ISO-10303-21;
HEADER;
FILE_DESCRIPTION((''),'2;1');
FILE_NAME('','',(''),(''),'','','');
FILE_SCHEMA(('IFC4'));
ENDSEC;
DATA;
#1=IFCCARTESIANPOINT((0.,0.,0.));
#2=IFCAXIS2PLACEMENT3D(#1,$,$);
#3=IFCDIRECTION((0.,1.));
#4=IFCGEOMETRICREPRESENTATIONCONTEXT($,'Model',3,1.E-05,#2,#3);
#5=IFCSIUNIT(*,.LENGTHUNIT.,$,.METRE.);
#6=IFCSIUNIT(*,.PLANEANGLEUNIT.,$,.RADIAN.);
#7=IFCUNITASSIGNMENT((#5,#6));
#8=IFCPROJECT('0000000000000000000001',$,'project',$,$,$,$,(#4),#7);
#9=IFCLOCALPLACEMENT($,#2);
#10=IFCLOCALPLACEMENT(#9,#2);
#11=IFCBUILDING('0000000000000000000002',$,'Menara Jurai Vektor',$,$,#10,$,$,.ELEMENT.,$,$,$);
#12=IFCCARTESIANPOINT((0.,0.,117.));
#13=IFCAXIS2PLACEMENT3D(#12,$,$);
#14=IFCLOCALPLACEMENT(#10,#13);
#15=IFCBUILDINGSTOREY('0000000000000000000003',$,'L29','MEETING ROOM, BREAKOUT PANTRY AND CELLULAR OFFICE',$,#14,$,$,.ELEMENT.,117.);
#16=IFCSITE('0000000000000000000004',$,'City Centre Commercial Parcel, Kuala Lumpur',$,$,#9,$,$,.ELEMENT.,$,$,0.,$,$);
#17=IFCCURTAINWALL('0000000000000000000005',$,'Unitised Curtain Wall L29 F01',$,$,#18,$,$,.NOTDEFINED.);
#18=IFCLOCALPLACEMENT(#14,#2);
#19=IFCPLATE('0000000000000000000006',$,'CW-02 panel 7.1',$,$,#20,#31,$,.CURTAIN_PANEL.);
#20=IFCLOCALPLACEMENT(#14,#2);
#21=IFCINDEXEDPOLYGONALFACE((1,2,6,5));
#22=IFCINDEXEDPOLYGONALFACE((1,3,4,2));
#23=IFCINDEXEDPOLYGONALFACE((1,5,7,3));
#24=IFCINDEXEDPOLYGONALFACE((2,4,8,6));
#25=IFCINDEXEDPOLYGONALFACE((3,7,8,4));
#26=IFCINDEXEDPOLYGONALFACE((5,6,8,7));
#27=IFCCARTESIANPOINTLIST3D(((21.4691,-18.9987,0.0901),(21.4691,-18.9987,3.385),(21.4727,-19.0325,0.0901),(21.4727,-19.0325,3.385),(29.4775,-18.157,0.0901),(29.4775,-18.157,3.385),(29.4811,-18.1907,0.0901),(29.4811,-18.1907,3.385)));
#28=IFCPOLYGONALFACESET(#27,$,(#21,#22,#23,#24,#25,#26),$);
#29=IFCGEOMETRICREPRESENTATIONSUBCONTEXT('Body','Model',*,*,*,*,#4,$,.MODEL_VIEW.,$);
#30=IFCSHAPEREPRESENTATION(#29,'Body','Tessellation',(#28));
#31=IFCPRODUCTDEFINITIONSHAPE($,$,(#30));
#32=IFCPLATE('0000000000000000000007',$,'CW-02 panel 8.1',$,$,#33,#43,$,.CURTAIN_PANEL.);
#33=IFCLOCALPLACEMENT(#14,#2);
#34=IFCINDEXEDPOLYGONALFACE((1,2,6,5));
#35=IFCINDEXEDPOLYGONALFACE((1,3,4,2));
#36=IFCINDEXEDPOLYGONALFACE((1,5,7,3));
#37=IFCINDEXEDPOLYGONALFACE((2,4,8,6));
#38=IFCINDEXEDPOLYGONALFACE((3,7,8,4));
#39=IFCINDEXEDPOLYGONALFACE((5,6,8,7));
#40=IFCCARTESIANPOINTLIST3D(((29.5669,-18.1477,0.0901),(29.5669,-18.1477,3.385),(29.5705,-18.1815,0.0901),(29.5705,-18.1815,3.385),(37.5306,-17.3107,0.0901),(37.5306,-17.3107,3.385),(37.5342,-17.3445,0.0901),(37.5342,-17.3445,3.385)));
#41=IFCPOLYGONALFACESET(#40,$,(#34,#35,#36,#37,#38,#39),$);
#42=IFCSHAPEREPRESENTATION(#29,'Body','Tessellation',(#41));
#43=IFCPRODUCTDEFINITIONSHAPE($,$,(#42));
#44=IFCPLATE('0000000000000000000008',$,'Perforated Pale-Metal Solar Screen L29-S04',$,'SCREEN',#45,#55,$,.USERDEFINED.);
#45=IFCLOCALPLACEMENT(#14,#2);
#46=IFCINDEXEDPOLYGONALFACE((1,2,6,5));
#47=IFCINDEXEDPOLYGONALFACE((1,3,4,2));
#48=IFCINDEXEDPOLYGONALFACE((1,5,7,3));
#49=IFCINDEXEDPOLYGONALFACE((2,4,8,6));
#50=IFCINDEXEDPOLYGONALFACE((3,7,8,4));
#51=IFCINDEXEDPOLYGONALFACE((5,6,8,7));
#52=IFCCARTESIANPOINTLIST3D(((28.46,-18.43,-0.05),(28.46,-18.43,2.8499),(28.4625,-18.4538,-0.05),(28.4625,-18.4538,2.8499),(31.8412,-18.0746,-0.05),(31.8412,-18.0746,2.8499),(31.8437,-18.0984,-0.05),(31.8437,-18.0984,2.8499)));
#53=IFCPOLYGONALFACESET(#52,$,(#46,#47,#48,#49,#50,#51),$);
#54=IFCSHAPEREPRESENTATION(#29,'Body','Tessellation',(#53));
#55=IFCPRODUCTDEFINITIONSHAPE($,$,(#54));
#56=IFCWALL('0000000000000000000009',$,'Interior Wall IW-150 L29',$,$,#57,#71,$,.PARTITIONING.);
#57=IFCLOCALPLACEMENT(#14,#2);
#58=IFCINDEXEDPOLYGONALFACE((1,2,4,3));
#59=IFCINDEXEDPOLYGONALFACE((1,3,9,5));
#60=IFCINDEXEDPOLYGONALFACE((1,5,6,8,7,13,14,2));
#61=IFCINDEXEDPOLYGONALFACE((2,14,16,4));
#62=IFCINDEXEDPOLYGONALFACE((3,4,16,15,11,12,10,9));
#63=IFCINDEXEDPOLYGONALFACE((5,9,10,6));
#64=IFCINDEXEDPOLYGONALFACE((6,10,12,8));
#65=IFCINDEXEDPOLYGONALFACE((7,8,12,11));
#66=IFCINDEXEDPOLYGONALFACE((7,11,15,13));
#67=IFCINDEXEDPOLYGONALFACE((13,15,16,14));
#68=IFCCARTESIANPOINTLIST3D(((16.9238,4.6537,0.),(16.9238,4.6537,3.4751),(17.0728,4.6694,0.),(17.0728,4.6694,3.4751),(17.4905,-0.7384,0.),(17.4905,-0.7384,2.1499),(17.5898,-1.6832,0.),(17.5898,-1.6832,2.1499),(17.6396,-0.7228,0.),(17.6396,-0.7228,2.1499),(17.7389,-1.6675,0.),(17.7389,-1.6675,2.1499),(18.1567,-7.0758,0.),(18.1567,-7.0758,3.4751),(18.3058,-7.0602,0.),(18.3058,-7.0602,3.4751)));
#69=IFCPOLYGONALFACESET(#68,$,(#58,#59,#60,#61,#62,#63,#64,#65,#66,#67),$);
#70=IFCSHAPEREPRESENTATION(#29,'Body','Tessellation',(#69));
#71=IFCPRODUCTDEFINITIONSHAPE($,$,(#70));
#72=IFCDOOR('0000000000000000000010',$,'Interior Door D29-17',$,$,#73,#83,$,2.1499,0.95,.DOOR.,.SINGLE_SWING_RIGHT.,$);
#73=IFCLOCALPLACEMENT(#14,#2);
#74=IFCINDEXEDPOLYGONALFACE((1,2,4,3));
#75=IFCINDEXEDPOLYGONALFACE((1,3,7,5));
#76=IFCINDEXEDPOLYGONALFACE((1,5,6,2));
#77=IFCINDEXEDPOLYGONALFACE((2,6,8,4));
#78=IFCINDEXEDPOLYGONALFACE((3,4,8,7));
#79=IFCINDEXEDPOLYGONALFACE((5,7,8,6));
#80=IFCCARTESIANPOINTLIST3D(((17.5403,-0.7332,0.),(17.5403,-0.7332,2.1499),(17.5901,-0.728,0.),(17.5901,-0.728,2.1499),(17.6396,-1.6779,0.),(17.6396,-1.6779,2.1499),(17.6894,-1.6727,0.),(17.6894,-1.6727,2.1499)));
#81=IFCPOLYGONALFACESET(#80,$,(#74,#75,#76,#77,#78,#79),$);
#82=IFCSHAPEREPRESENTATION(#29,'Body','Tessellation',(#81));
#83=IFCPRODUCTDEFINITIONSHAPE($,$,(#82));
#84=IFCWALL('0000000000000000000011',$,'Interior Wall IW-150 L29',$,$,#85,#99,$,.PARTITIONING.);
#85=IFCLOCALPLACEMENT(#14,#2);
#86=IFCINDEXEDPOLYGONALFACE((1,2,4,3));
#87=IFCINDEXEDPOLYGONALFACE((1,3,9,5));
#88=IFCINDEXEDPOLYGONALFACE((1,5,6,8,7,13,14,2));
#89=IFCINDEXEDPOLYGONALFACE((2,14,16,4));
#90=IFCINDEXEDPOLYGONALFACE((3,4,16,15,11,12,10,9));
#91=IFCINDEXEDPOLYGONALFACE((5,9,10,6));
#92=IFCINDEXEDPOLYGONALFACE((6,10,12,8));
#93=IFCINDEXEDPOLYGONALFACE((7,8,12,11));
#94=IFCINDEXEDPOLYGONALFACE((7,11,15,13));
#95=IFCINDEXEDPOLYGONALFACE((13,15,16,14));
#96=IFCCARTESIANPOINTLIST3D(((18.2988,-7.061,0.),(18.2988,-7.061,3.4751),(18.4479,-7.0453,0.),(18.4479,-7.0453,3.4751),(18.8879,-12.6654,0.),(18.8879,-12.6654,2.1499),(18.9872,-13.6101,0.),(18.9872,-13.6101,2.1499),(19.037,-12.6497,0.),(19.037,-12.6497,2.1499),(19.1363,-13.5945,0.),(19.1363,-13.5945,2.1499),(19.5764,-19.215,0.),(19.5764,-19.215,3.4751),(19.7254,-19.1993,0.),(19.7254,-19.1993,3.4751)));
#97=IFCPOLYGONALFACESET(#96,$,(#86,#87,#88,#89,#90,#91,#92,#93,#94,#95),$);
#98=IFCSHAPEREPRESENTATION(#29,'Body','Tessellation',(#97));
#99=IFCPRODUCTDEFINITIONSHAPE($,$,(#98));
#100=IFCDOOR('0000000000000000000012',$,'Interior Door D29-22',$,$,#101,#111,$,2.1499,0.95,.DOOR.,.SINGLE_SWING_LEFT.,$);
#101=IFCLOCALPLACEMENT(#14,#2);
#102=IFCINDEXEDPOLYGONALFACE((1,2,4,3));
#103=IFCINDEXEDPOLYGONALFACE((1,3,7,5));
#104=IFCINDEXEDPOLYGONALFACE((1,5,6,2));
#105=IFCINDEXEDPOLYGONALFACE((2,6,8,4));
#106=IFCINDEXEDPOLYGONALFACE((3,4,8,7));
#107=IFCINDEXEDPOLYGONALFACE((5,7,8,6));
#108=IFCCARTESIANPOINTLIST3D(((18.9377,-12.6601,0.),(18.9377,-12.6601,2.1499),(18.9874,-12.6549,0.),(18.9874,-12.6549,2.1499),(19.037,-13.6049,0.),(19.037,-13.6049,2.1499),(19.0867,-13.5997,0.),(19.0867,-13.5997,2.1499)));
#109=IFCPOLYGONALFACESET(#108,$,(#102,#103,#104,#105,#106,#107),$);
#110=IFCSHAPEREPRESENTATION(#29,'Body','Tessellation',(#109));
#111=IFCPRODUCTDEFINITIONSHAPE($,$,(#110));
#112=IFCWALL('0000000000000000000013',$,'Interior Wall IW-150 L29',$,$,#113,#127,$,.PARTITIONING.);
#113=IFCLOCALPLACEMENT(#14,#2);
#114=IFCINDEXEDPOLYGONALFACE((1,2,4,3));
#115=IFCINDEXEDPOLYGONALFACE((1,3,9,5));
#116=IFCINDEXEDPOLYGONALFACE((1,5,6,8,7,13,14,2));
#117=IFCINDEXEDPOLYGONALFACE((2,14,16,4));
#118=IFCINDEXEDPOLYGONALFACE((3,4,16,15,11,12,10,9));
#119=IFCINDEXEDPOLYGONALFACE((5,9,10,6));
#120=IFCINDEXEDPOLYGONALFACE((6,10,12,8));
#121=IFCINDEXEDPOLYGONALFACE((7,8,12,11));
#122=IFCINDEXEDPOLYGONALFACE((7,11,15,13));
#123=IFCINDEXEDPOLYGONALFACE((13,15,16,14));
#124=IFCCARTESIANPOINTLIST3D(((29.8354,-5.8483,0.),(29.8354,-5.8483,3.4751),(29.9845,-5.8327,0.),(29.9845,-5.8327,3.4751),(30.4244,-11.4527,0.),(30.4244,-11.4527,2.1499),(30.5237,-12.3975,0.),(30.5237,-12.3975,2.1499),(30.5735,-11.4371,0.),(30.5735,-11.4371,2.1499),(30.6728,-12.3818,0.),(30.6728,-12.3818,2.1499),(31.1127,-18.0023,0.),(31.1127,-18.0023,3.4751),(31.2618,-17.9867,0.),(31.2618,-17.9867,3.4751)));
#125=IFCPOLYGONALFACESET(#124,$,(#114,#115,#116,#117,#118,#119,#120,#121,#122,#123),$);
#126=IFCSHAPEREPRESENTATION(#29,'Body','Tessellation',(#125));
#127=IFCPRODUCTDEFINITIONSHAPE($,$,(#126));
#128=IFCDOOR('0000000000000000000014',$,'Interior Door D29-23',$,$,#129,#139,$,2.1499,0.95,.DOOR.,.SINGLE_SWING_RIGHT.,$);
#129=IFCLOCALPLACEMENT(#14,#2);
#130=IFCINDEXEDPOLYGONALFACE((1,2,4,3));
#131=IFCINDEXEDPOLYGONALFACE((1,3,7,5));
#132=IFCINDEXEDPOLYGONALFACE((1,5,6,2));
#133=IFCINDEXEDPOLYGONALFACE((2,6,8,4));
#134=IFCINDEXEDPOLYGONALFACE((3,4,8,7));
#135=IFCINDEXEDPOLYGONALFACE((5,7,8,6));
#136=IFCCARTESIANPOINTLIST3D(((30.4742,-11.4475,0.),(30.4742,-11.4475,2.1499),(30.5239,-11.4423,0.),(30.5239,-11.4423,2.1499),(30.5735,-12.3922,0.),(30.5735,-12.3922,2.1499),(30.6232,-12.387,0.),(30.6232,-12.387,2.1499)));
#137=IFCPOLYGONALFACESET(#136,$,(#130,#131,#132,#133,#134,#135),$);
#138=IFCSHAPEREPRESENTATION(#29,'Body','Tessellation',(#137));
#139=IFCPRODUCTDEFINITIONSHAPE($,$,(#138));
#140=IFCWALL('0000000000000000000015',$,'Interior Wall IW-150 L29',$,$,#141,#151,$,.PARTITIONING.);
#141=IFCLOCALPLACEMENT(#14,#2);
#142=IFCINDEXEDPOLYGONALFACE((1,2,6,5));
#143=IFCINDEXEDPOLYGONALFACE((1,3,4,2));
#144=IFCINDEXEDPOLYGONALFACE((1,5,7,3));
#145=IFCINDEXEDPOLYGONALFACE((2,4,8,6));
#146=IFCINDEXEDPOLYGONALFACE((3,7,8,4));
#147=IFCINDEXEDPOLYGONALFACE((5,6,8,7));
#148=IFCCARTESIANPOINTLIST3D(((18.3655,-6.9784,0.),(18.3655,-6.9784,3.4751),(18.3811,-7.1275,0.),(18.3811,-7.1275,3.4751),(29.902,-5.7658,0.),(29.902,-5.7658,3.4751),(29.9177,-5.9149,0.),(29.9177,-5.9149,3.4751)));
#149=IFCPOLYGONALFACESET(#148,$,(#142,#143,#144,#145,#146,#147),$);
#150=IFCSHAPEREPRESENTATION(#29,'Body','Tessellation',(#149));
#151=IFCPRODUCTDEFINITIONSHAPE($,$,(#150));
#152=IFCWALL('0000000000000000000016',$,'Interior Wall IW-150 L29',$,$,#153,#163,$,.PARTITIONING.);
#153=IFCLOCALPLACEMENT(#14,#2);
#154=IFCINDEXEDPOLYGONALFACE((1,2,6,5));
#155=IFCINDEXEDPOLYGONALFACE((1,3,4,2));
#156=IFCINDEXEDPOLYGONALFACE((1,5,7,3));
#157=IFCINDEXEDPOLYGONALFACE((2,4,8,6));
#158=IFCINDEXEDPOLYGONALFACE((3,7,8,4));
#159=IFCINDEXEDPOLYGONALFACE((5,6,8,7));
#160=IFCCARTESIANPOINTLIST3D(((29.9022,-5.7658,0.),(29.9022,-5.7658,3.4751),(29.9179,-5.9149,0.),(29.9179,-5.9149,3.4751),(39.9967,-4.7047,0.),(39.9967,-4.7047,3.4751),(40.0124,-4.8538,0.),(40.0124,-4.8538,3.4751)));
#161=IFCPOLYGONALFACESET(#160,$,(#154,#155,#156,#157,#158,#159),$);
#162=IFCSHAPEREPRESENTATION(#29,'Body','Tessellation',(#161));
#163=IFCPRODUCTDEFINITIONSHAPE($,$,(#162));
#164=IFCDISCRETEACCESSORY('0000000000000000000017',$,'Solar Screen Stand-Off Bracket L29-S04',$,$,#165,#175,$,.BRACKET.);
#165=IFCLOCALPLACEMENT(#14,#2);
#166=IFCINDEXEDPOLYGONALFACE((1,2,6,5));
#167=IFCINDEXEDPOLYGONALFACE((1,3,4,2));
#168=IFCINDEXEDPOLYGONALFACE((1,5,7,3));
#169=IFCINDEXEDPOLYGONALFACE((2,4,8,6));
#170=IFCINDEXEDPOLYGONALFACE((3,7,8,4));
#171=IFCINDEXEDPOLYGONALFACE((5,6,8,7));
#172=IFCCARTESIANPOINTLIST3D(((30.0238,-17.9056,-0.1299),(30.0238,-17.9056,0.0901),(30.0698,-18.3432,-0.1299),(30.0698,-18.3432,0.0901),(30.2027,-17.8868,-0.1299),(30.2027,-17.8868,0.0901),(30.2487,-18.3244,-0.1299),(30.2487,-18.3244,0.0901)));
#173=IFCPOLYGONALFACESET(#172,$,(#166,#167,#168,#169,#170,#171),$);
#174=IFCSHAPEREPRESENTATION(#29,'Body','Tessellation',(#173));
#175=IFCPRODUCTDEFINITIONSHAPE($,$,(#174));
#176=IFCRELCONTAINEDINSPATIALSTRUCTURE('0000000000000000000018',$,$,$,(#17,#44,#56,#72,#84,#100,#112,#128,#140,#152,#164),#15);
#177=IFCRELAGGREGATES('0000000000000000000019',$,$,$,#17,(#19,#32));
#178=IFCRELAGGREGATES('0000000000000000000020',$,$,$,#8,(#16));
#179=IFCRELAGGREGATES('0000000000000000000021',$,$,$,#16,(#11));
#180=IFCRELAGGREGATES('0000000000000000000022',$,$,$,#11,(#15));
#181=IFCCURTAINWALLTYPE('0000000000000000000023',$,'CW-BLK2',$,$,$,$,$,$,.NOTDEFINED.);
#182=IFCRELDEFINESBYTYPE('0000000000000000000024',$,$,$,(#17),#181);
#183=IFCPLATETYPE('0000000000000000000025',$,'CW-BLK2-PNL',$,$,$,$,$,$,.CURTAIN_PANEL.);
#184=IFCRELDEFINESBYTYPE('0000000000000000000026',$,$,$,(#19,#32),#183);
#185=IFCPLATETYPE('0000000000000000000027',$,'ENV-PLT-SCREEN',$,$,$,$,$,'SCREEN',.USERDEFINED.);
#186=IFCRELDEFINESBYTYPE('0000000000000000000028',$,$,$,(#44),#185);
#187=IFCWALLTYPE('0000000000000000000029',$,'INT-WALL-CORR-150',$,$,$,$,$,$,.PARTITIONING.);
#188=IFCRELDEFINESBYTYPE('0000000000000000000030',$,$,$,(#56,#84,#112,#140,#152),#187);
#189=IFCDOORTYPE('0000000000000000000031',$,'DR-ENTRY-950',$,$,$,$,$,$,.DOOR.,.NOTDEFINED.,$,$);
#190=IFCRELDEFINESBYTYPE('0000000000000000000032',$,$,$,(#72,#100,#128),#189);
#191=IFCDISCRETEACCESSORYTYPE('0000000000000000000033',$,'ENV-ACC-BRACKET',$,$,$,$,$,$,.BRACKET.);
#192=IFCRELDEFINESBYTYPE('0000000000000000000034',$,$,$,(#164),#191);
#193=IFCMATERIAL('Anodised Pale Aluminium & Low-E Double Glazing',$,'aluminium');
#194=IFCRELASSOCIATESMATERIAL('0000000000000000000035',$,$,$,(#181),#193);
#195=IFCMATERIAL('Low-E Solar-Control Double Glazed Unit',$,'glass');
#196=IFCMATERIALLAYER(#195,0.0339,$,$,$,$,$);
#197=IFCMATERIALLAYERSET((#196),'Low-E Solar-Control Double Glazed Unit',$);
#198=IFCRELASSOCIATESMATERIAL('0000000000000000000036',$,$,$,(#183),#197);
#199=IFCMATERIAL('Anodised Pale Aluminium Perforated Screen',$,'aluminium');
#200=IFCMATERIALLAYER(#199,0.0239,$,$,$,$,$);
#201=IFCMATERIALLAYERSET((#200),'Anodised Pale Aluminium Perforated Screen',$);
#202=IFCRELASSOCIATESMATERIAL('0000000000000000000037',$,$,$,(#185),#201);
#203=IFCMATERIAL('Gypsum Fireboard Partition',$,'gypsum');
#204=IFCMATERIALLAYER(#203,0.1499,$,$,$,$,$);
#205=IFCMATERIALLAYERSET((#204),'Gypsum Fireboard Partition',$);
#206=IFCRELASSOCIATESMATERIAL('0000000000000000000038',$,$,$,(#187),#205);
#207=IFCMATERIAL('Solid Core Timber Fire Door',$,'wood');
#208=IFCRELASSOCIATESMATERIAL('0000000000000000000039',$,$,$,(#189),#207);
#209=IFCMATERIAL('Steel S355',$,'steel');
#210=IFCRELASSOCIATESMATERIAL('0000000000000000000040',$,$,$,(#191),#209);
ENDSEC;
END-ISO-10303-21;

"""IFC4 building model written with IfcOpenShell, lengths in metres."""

from ifc_helpers import new_model, si_unit, direction, frame, frame_2d, origin, origin_2d, place, context, subcontext, project, spatial, rectangle, extrude, material, layer, layer_set, type_object, element, fill, aggregate, save


model = new_model("IFC4")

# Units and contexts
model_context = context("Model", 3, precision=1e-05, world=origin(), true_north=direction((0.0, 1.0)))
body_context = subcontext(model_context, "Body", "Model", "MODEL_VIEW")
ifc_project = project(units=[si_unit("LENGTHUNIT", "METRE"), si_unit("PLANEANGLEUNIT", "RADIAN")], contexts=[model_context])

# Site, building, storey
site_placement = place(None, origin())
site = spatial("IfcSite", under=ifc_project, at=site_placement, Name="City Centre Commercial Parcel, Kuala Lumpur", CompositionType="ELEMENT", RefElevation=0.0)
building_placement = place(site_placement, origin())
building = spatial("IfcBuilding", under=site, at=building_placement, Name="Menara Jurai Vektor", CompositionType="ELEMENT")
storey_placement = place(building_placement, frame((0.0, 0.0, 117.0)))
storey = spatial("IfcBuildingStorey", under=building, at=storey_placement, Name="L29", Description="MEETING ROOM, BREAKOUT PANTRY AND CELLULAR OFFICE", CompositionType="ELEMENT", Elevation=117.0)

# Curtain wall
ifc_material_1 = material(Name="Anodised Pale Aluminium & Low-E Double Glazing", Category="aluminium")
curtain_wall_type = type_object("IfcCurtainWallType", Name="CW-BLK2", PredefinedType="NOTDEFINED", material=ifc_material_1)
curtain_wall_placement = place(storey_placement, origin())
curtain_wall = element("IfcCurtainWall", 1, at=curtain_wall_placement, inside=storey, type_object=curtain_wall_type, Name="Unitised Curtain Wall L29 F01", PredefinedType="NOTDEFINED")

# Shared definitions
ifc_material_2 = material(Name="Steel S355", Category="steel")

# Plates
ifc_material_3 = material(Name="Low-E Solar-Control Double Glazed Unit", Category="glass")
ifc_layer_1 = layer(ifc_material_3, 0.0339)
ifc_layer_set_1 = layer_set([ifc_layer_1], Name="Low-E Solar-Control Double Glazed Unit")
plate_type_1 = type_object("IfcPlateType", Name="CW-BLK2-PNL", PredefinedType="CURTAIN_PANEL", material=ifc_layer_set_1)
plate_1_placement = place(storey_placement, frame((25.4751, -18.5947, 0.0901), z_axis=(0.0, 0.0, 1.0), x_axis=(0.994522, 0.104529, 0.0)))
plate_1 = element("IfcPlate", 2, at=plate_1_placement, type_object=plate_type_1, Name="CW-02 panel 7.1", PredefinedType="CURTAIN_PANEL", context=body_context, shape_type="SweptSolid", body=[
    extrude(rectangle(XDim=8.0525, YDim=0.0339, at=origin_2d()), origin(), (0.0, 0.0, 1.0), 3.2949),
])
plate_2_placement = place(storey_placement, frame((33.5505, -17.7461, 0.0901), z_axis=(0.0, 0.0, 1.0), x_axis=(0.994522, 0.104529, 0.0)))
plate_2 = element("IfcPlate", 3, at=plate_2_placement, type_object=plate_type_1, Name="CW-02 panel 8.1", PredefinedType="CURTAIN_PANEL", context=body_context, shape_type="SweptSolid", body=[
    extrude(rectangle(XDim=8.0076, YDim=0.0339, at=origin_2d()), origin(), (0.0, 0.0, 1.0), 3.2949),
])
aggregate(curtain_wall, [plate_1, plate_2])
ifc_material_4 = material(Name="Anodised Pale Aluminium Perforated Screen", Category="aluminium")
ifc_layer_2 = layer(ifc_material_4, 0.0239)
ifc_layer_set_2 = layer_set([ifc_layer_2], Name="Anodised Pale Aluminium Perforated Screen")
plate_type_2 = type_object("IfcPlateType", Name="ENV-PLT-SCREEN", ElementType="SCREEN", PredefinedType="USERDEFINED", material=ifc_layer_set_2)
plate_3_placement = place(storey_placement, frame((30.1519, -18.2642, -0.05), z_axis=(0.0, 0.0, 1.0), x_axis=(0.994522, 0.104528, 0.0)))
element("IfcPlate", 4, at=plate_3_placement, inside=storey, type_object=plate_type_2, Name="Perforated Pale-Metal Solar Screen L29-S04", ObjectType="SCREEN", PredefinedType="USERDEFINED", context=body_context, shape_type="SweptSolid", body=[
    extrude(rectangle(XDim=3.3999, YDim=0.0239, at=origin_2d()), origin(), (0.0, 0.0, 1.0), 2.8999),
])

# Walls, openings, doors
ifc_material_5 = material(Name="Gypsum Fireboard Partition", Category="gypsum")
ifc_layer_3 = layer(ifc_material_5, 0.1499)
ifc_layer_set_3 = layer_set([ifc_layer_3], Name="Gypsum Fireboard Partition")
wall_type = type_object("IfcWallType", Name="INT-WALL-CORR-150", PredefinedType="PARTITIONING", material=ifc_layer_set_3)
wall_1_placement = place(storey_placement, frame((18.2312, -7.0679, 0.0), z_axis=(0.0, 0.0, 1.0), x_axis=(-0.104536, 0.994521, 0.0)))
wall_1 = element("IfcWall", 5, at=wall_1_placement, inside=storey, type_object=wall_type, Name="Interior Wall IW-150 L29", PredefinedType="PARTITIONING", context=body_context, shape_type="SweptSolid", body=[
    extrude(rectangle(XDim=11.7942, YDim=0.1499, at=frame_2d((5.897, 0.0))), origin(), (0.0, 0.0, 1.0), 3.4751),
])
opening_1_placement = place(wall_1_placement, frame((5.4221, 0.0, 0.0)))
opening_1 = element("IfcOpeningElement", 6, at=opening_1_placement, cuts=wall_1, PredefinedType="OPENING", context=body_context, shape_type="SweptSolid", body=[
    extrude(rectangle(XDim=0.95, YDim=2.1499, at=frame_2d((0.4751, 1.075))), frame((0.0, 0.085, 0.0), z_axis=(0.0, -1.0, 0.0), x_axis=(1.0, 0.0, 0.0)), (0.0, 0.0, 1.0), 0.1699),
])
ifc_material_6 = material(Name="Solid Core Timber Fire Door", Category="wood")
door_type = type_object("IfcDoorType", Name="DR-ENTRY-950", OperationType="NOTDEFINED", PredefinedType="DOOR", material=ifc_material_6)
door_1_placement = place(opening_1_placement, origin())
door_1 = element("IfcDoor", 7, at=door_1_placement, inside=storey, type_object=door_type, Name="Interior Door D29-17", OperationType="SINGLE_SWING_RIGHT", OverallHeight=2.1499, OverallWidth=0.95, PredefinedType="DOOR", context=body_context, shape_type="SweptSolid", body=[
    extrude(rectangle(XDim=0.95, YDim=2.1499, at=frame_2d((0.4751, 1.075))), frame((0.0, 0.0249, 0.0), z_axis=(0.0, -1.0, 0.0), x_axis=(1.0, 0.0, 0.0)), (0.0, 0.0, 1.0), 0.05),
])
fill(opening_1, door_1)
wall_2_placement = place(storey_placement, frame((19.6509, -19.207, 0.0), z_axis=(0.0, 0.0, 1.0), x_axis=(-0.10454, 0.994521, 0.0)))
wall_2 = element("IfcWall", 8, at=wall_2_placement, inside=storey, type_object=wall_type, Name="Interior Wall IW-150 L29", PredefinedType="PARTITIONING", context=body_context, shape_type="SweptSolid", body=[
    extrude(rectangle(XDim=12.2209, YDim=0.1499, at=frame_2d((6.1104, 0.0))), origin(), (0.0, 0.0, 1.0), 3.4751),
])
opening_2_placement = place(wall_2_placement, frame((5.6355, 0.0, 0.0)))
opening_2 = element("IfcOpeningElement", 9, at=opening_2_placement, cuts=wall_2, PredefinedType="OPENING", context=body_context, shape_type="SweptSolid", body=[
    extrude(rectangle(XDim=0.95, YDim=2.1499, at=frame_2d((0.4751, 1.075))), frame((0.0, 0.085, 0.0), z_axis=(0.0, -1.0, 0.0), x_axis=(1.0, 0.0, 0.0)), (0.0, 0.0, 1.0), 0.1699),
])
door_2_placement = place(opening_2_placement, origin())
door_2 = element("IfcDoor", 10, at=door_2_placement, inside=storey, type_object=door_type, Name="Interior Door D29-22", OperationType="SINGLE_SWING_LEFT", OverallHeight=2.1499, OverallWidth=0.95, PredefinedType="DOOR", context=body_context, shape_type="SweptSolid", body=[
    extrude(rectangle(XDim=0.95, YDim=2.1499, at=frame_2d((0.4751, 1.075))), frame((0.0, 0.0249, 0.0), z_axis=(0.0, -1.0, 0.0), x_axis=(1.0, 0.0, 0.0)), (0.0, 0.0, 1.0), 0.05),
])
fill(opening_2, door_2)
wall_3_placement = place(storey_placement, frame((31.1873, -17.9944, 0.0), z_axis=(0.0, 0.0, 1.0), x_axis=(-0.10452, 0.994523, 0.0)))
wall_3 = element("IfcWall", 11, at=wall_3_placement, inside=storey, type_object=wall_type, Name="Interior Wall IW-150 L29", PredefinedType="PARTITIONING", context=body_context, shape_type="SweptSolid", body=[
    extrude(rectangle(XDim=12.2209, YDim=0.1499, at=frame_2d((6.1104, 0.0))), origin(), (0.0, 0.0, 1.0), 3.4751),
])
opening_3_placement = place(wall_3_placement, frame((5.6355, 0.0, 0.0)))
opening_3 = element("IfcOpeningElement", 12, at=opening_3_placement, cuts=wall_3, PredefinedType="OPENING", context=body_context, shape_type="SweptSolid", body=[
    extrude(rectangle(XDim=0.95, YDim=2.1499, at=frame_2d((0.4751, 1.075))), frame((0.0, 0.085, 0.0), z_axis=(0.0, -1.0, 0.0), x_axis=(1.0, 0.0, 0.0)), (0.0, 0.0, 1.0), 0.1699),
])
door_3_placement = place(opening_3_placement, origin())
door_3 = element("IfcDoor", 13, at=door_3_placement, inside=storey, type_object=door_type, Name="Interior Door D29-23", OperationType="SINGLE_SWING_RIGHT", OverallHeight=2.1499, OverallWidth=0.95, PredefinedType="DOOR", context=body_context, shape_type="SweptSolid", body=[
    extrude(rectangle(XDim=0.95, YDim=2.1499, at=frame_2d((0.4751, 1.075))), frame((0.0, 0.0249, 0.0), z_axis=(0.0, -1.0, 0.0), x_axis=(1.0, 0.0, 0.0)), (0.0, 0.0, 1.0), 0.05),
])
fill(opening_3, door_3)

# Walls
wall_4_placement = place(storey_placement, frame((18.3733, -7.053, 0.0), z_axis=(0.0, 0.0, 1.0), x_axis=(0.994521, 0.104537, 0.0)))
element("IfcWall", 14, at=wall_4_placement, inside=storey, type_object=wall_type, Name="Interior Wall IW-150 L29", PredefinedType="PARTITIONING", context=body_context, shape_type="SweptSolid", body=[
    extrude(rectangle(XDim=11.6001, YDim=0.1499, at=frame_2d((5.8, 0.0))), origin(), (0.0, 0.0, 1.0), 3.4751),
])
wall_5_placement = place(storey_placement, frame((29.9099, -5.8403, 0.0), z_axis=(0.0, 0.0, 1.0), x_axis=(0.994521, 0.104535, 0.0)))
element("IfcWall", 15, at=wall_5_placement, inside=storey, type_object=wall_type, Name="Interior Wall IW-150 L29", PredefinedType="PARTITIONING", context=body_context, shape_type="SweptSolid", body=[
    extrude(rectangle(XDim=10.1501, YDim=0.1499, at=frame_2d((5.0752, 0.0))), origin(), (0.0, 0.0, 1.0), 3.4751),
])

# Discrete accessory
discrete_accessory_type = type_object("IfcDiscreteAccessoryType", Name="ENV-ACC-BRACKET", PredefinedType="BRACKET", material=ifc_material_2)
discrete_accessory_placement = place(storey_placement, frame((30.1362, -18.115, -0.1299), z_axis=(0.0, 0.0, 1.0), x_axis=(0.994522, 0.104528, 0.0)))
element("IfcDiscreteAccessory", 16, at=discrete_accessory_placement, inside=storey, type_object=discrete_accessory_type, Name="Solar Screen Stand-Off Bracket L29-S04", PredefinedType="BRACKET", context=body_context, shape_type="SweptSolid", body=[
    extrude(rectangle(XDim=0.1799, YDim=0.4399, at=origin_2d()), origin(), (0.0, 0.0, 1.0), 0.22),
])

save(model, "model.ifc")
